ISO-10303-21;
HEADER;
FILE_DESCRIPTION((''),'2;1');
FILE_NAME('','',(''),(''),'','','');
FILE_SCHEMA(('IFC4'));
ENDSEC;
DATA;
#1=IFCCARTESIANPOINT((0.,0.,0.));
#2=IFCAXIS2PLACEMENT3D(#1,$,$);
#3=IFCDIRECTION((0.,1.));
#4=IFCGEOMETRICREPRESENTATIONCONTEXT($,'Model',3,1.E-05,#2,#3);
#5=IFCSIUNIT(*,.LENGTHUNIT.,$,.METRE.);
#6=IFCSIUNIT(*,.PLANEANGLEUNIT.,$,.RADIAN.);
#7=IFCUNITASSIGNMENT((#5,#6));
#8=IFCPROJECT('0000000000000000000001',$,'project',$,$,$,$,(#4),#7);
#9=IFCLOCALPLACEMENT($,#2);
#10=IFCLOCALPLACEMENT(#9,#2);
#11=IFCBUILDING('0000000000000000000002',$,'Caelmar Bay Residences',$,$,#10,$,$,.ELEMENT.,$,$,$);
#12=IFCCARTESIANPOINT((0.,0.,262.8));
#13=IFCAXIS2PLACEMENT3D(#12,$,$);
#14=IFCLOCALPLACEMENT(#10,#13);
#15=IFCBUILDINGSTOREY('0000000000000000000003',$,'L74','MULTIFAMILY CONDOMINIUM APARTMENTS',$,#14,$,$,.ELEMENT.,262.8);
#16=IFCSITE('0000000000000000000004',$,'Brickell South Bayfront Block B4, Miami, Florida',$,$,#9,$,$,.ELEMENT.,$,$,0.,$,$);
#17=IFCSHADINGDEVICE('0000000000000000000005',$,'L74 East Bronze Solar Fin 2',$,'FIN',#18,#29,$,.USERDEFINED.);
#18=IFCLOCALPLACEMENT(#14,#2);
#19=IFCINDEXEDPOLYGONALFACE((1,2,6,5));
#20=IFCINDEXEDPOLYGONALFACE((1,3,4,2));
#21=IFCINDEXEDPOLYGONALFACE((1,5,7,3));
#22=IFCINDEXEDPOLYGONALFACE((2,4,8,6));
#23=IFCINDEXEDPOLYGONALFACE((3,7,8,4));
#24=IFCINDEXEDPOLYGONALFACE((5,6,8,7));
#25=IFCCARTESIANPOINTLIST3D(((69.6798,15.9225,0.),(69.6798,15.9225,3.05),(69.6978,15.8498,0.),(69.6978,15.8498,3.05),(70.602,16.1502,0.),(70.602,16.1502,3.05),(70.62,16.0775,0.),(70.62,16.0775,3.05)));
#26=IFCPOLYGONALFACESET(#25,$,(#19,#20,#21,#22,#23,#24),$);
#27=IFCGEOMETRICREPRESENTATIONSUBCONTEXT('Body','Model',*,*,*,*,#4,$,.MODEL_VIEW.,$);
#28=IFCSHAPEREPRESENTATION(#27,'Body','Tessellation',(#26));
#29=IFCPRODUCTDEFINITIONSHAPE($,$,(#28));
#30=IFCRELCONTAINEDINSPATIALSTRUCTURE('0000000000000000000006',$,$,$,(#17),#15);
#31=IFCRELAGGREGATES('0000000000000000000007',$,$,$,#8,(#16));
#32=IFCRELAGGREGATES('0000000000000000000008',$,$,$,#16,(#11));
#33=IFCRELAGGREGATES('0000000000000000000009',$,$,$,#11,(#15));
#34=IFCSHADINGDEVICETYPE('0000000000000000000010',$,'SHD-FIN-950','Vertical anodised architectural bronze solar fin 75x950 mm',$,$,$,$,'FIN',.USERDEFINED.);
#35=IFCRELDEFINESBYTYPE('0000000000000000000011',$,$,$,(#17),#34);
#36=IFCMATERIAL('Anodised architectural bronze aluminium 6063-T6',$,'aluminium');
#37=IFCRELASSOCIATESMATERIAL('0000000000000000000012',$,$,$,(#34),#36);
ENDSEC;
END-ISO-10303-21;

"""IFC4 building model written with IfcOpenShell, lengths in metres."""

from ifc_helpers import new_model, si_unit, direction, frame, origin, origin_2d, place, context, subcontext, project, spatial, rectangle, extrude, material, material_profile, profile_set, type_object, element, save


model = new_model("IFC4")

# Units and contexts
model_context = context("Model", 3, precision=1e-05, world=origin(), true_north=direction((0.0, 1.0)))
body_context = subcontext(model_context, "Body", "Model", "MODEL_VIEW")
ifc_project = project(units=[si_unit("LENGTHUNIT", "METRE"), si_unit("PLANEANGLEUNIT", "RADIAN")], contexts=[model_context])

# Site, building, storey
site_placement = place(None, origin())
site = spatial("IfcSite", under=ifc_project, at=site_placement, Name="Brickell South Bayfront Block B4, Miami, Florida", CompositionType="ELEMENT", RefElevation=0.0)
building_placement = place(site_placement, origin())
building = spatial("IfcBuilding", under=site, at=building_placement, Name="Caelmar Bay Residences", CompositionType="ELEMENT")
storey_placement = place(building_placement, frame((0.0, 0.0, 262.8)))
storey = spatial("IfcBuildingStorey", under=building, at=storey_placement, Name="L74", Description="MULTIFAMILY CONDOMINIUM APARTMENTS", CompositionType="ELEMENT", Elevation=262.8)

# Shading device
ifc_material_1 = material(Name="Anodised architectural bronze aluminium 6063-T6", Category="aluminium")
ifc_material_profile_1 = material_profile(ifc_material_1, rectangle(XDim=0.075, YDim=0.95, at=origin_2d()), Name="BRONZE-FIN-75X950")
ifc_profile_set_1 = profile_set([ifc_material_profile_1], Name="Anodised architectural bronze aluminium 6063-T6")
shading_device_type = type_object("IfcShadingDeviceType", Name="SHD-FIN-950", Description="Vertical anodised architectural bronze solar fin 75x950 mm", ElementType="FIN", PredefinedType="USERDEFINED", material=ifc_profile_set_1)
for number, where, z_axis, x_axis, name in (
    (1, (70.1499, 16.0, 0.0), (0.0, 0.0, 1.0), (-0.23972, 0.970842, 0.0), "L74 East Bronze Solar Fin 2"),
):
    element("IfcShadingDevice", number, at=place(storey_placement, frame(where, z_axis=z_axis, x_axis=x_axis)), inside=storey, type_object=shading_device_type, Name=name, ObjectType="FIN", PredefinedType="USERDEFINED", context=body_context, shape_type="SweptSolid", body=[
        extrude(rectangle(XDim=0.075, YDim=0.95, at=origin_2d()), origin(), (0.0, 0.0, 1.0), 3.05),
    ])

save(model, "model.ifc")
